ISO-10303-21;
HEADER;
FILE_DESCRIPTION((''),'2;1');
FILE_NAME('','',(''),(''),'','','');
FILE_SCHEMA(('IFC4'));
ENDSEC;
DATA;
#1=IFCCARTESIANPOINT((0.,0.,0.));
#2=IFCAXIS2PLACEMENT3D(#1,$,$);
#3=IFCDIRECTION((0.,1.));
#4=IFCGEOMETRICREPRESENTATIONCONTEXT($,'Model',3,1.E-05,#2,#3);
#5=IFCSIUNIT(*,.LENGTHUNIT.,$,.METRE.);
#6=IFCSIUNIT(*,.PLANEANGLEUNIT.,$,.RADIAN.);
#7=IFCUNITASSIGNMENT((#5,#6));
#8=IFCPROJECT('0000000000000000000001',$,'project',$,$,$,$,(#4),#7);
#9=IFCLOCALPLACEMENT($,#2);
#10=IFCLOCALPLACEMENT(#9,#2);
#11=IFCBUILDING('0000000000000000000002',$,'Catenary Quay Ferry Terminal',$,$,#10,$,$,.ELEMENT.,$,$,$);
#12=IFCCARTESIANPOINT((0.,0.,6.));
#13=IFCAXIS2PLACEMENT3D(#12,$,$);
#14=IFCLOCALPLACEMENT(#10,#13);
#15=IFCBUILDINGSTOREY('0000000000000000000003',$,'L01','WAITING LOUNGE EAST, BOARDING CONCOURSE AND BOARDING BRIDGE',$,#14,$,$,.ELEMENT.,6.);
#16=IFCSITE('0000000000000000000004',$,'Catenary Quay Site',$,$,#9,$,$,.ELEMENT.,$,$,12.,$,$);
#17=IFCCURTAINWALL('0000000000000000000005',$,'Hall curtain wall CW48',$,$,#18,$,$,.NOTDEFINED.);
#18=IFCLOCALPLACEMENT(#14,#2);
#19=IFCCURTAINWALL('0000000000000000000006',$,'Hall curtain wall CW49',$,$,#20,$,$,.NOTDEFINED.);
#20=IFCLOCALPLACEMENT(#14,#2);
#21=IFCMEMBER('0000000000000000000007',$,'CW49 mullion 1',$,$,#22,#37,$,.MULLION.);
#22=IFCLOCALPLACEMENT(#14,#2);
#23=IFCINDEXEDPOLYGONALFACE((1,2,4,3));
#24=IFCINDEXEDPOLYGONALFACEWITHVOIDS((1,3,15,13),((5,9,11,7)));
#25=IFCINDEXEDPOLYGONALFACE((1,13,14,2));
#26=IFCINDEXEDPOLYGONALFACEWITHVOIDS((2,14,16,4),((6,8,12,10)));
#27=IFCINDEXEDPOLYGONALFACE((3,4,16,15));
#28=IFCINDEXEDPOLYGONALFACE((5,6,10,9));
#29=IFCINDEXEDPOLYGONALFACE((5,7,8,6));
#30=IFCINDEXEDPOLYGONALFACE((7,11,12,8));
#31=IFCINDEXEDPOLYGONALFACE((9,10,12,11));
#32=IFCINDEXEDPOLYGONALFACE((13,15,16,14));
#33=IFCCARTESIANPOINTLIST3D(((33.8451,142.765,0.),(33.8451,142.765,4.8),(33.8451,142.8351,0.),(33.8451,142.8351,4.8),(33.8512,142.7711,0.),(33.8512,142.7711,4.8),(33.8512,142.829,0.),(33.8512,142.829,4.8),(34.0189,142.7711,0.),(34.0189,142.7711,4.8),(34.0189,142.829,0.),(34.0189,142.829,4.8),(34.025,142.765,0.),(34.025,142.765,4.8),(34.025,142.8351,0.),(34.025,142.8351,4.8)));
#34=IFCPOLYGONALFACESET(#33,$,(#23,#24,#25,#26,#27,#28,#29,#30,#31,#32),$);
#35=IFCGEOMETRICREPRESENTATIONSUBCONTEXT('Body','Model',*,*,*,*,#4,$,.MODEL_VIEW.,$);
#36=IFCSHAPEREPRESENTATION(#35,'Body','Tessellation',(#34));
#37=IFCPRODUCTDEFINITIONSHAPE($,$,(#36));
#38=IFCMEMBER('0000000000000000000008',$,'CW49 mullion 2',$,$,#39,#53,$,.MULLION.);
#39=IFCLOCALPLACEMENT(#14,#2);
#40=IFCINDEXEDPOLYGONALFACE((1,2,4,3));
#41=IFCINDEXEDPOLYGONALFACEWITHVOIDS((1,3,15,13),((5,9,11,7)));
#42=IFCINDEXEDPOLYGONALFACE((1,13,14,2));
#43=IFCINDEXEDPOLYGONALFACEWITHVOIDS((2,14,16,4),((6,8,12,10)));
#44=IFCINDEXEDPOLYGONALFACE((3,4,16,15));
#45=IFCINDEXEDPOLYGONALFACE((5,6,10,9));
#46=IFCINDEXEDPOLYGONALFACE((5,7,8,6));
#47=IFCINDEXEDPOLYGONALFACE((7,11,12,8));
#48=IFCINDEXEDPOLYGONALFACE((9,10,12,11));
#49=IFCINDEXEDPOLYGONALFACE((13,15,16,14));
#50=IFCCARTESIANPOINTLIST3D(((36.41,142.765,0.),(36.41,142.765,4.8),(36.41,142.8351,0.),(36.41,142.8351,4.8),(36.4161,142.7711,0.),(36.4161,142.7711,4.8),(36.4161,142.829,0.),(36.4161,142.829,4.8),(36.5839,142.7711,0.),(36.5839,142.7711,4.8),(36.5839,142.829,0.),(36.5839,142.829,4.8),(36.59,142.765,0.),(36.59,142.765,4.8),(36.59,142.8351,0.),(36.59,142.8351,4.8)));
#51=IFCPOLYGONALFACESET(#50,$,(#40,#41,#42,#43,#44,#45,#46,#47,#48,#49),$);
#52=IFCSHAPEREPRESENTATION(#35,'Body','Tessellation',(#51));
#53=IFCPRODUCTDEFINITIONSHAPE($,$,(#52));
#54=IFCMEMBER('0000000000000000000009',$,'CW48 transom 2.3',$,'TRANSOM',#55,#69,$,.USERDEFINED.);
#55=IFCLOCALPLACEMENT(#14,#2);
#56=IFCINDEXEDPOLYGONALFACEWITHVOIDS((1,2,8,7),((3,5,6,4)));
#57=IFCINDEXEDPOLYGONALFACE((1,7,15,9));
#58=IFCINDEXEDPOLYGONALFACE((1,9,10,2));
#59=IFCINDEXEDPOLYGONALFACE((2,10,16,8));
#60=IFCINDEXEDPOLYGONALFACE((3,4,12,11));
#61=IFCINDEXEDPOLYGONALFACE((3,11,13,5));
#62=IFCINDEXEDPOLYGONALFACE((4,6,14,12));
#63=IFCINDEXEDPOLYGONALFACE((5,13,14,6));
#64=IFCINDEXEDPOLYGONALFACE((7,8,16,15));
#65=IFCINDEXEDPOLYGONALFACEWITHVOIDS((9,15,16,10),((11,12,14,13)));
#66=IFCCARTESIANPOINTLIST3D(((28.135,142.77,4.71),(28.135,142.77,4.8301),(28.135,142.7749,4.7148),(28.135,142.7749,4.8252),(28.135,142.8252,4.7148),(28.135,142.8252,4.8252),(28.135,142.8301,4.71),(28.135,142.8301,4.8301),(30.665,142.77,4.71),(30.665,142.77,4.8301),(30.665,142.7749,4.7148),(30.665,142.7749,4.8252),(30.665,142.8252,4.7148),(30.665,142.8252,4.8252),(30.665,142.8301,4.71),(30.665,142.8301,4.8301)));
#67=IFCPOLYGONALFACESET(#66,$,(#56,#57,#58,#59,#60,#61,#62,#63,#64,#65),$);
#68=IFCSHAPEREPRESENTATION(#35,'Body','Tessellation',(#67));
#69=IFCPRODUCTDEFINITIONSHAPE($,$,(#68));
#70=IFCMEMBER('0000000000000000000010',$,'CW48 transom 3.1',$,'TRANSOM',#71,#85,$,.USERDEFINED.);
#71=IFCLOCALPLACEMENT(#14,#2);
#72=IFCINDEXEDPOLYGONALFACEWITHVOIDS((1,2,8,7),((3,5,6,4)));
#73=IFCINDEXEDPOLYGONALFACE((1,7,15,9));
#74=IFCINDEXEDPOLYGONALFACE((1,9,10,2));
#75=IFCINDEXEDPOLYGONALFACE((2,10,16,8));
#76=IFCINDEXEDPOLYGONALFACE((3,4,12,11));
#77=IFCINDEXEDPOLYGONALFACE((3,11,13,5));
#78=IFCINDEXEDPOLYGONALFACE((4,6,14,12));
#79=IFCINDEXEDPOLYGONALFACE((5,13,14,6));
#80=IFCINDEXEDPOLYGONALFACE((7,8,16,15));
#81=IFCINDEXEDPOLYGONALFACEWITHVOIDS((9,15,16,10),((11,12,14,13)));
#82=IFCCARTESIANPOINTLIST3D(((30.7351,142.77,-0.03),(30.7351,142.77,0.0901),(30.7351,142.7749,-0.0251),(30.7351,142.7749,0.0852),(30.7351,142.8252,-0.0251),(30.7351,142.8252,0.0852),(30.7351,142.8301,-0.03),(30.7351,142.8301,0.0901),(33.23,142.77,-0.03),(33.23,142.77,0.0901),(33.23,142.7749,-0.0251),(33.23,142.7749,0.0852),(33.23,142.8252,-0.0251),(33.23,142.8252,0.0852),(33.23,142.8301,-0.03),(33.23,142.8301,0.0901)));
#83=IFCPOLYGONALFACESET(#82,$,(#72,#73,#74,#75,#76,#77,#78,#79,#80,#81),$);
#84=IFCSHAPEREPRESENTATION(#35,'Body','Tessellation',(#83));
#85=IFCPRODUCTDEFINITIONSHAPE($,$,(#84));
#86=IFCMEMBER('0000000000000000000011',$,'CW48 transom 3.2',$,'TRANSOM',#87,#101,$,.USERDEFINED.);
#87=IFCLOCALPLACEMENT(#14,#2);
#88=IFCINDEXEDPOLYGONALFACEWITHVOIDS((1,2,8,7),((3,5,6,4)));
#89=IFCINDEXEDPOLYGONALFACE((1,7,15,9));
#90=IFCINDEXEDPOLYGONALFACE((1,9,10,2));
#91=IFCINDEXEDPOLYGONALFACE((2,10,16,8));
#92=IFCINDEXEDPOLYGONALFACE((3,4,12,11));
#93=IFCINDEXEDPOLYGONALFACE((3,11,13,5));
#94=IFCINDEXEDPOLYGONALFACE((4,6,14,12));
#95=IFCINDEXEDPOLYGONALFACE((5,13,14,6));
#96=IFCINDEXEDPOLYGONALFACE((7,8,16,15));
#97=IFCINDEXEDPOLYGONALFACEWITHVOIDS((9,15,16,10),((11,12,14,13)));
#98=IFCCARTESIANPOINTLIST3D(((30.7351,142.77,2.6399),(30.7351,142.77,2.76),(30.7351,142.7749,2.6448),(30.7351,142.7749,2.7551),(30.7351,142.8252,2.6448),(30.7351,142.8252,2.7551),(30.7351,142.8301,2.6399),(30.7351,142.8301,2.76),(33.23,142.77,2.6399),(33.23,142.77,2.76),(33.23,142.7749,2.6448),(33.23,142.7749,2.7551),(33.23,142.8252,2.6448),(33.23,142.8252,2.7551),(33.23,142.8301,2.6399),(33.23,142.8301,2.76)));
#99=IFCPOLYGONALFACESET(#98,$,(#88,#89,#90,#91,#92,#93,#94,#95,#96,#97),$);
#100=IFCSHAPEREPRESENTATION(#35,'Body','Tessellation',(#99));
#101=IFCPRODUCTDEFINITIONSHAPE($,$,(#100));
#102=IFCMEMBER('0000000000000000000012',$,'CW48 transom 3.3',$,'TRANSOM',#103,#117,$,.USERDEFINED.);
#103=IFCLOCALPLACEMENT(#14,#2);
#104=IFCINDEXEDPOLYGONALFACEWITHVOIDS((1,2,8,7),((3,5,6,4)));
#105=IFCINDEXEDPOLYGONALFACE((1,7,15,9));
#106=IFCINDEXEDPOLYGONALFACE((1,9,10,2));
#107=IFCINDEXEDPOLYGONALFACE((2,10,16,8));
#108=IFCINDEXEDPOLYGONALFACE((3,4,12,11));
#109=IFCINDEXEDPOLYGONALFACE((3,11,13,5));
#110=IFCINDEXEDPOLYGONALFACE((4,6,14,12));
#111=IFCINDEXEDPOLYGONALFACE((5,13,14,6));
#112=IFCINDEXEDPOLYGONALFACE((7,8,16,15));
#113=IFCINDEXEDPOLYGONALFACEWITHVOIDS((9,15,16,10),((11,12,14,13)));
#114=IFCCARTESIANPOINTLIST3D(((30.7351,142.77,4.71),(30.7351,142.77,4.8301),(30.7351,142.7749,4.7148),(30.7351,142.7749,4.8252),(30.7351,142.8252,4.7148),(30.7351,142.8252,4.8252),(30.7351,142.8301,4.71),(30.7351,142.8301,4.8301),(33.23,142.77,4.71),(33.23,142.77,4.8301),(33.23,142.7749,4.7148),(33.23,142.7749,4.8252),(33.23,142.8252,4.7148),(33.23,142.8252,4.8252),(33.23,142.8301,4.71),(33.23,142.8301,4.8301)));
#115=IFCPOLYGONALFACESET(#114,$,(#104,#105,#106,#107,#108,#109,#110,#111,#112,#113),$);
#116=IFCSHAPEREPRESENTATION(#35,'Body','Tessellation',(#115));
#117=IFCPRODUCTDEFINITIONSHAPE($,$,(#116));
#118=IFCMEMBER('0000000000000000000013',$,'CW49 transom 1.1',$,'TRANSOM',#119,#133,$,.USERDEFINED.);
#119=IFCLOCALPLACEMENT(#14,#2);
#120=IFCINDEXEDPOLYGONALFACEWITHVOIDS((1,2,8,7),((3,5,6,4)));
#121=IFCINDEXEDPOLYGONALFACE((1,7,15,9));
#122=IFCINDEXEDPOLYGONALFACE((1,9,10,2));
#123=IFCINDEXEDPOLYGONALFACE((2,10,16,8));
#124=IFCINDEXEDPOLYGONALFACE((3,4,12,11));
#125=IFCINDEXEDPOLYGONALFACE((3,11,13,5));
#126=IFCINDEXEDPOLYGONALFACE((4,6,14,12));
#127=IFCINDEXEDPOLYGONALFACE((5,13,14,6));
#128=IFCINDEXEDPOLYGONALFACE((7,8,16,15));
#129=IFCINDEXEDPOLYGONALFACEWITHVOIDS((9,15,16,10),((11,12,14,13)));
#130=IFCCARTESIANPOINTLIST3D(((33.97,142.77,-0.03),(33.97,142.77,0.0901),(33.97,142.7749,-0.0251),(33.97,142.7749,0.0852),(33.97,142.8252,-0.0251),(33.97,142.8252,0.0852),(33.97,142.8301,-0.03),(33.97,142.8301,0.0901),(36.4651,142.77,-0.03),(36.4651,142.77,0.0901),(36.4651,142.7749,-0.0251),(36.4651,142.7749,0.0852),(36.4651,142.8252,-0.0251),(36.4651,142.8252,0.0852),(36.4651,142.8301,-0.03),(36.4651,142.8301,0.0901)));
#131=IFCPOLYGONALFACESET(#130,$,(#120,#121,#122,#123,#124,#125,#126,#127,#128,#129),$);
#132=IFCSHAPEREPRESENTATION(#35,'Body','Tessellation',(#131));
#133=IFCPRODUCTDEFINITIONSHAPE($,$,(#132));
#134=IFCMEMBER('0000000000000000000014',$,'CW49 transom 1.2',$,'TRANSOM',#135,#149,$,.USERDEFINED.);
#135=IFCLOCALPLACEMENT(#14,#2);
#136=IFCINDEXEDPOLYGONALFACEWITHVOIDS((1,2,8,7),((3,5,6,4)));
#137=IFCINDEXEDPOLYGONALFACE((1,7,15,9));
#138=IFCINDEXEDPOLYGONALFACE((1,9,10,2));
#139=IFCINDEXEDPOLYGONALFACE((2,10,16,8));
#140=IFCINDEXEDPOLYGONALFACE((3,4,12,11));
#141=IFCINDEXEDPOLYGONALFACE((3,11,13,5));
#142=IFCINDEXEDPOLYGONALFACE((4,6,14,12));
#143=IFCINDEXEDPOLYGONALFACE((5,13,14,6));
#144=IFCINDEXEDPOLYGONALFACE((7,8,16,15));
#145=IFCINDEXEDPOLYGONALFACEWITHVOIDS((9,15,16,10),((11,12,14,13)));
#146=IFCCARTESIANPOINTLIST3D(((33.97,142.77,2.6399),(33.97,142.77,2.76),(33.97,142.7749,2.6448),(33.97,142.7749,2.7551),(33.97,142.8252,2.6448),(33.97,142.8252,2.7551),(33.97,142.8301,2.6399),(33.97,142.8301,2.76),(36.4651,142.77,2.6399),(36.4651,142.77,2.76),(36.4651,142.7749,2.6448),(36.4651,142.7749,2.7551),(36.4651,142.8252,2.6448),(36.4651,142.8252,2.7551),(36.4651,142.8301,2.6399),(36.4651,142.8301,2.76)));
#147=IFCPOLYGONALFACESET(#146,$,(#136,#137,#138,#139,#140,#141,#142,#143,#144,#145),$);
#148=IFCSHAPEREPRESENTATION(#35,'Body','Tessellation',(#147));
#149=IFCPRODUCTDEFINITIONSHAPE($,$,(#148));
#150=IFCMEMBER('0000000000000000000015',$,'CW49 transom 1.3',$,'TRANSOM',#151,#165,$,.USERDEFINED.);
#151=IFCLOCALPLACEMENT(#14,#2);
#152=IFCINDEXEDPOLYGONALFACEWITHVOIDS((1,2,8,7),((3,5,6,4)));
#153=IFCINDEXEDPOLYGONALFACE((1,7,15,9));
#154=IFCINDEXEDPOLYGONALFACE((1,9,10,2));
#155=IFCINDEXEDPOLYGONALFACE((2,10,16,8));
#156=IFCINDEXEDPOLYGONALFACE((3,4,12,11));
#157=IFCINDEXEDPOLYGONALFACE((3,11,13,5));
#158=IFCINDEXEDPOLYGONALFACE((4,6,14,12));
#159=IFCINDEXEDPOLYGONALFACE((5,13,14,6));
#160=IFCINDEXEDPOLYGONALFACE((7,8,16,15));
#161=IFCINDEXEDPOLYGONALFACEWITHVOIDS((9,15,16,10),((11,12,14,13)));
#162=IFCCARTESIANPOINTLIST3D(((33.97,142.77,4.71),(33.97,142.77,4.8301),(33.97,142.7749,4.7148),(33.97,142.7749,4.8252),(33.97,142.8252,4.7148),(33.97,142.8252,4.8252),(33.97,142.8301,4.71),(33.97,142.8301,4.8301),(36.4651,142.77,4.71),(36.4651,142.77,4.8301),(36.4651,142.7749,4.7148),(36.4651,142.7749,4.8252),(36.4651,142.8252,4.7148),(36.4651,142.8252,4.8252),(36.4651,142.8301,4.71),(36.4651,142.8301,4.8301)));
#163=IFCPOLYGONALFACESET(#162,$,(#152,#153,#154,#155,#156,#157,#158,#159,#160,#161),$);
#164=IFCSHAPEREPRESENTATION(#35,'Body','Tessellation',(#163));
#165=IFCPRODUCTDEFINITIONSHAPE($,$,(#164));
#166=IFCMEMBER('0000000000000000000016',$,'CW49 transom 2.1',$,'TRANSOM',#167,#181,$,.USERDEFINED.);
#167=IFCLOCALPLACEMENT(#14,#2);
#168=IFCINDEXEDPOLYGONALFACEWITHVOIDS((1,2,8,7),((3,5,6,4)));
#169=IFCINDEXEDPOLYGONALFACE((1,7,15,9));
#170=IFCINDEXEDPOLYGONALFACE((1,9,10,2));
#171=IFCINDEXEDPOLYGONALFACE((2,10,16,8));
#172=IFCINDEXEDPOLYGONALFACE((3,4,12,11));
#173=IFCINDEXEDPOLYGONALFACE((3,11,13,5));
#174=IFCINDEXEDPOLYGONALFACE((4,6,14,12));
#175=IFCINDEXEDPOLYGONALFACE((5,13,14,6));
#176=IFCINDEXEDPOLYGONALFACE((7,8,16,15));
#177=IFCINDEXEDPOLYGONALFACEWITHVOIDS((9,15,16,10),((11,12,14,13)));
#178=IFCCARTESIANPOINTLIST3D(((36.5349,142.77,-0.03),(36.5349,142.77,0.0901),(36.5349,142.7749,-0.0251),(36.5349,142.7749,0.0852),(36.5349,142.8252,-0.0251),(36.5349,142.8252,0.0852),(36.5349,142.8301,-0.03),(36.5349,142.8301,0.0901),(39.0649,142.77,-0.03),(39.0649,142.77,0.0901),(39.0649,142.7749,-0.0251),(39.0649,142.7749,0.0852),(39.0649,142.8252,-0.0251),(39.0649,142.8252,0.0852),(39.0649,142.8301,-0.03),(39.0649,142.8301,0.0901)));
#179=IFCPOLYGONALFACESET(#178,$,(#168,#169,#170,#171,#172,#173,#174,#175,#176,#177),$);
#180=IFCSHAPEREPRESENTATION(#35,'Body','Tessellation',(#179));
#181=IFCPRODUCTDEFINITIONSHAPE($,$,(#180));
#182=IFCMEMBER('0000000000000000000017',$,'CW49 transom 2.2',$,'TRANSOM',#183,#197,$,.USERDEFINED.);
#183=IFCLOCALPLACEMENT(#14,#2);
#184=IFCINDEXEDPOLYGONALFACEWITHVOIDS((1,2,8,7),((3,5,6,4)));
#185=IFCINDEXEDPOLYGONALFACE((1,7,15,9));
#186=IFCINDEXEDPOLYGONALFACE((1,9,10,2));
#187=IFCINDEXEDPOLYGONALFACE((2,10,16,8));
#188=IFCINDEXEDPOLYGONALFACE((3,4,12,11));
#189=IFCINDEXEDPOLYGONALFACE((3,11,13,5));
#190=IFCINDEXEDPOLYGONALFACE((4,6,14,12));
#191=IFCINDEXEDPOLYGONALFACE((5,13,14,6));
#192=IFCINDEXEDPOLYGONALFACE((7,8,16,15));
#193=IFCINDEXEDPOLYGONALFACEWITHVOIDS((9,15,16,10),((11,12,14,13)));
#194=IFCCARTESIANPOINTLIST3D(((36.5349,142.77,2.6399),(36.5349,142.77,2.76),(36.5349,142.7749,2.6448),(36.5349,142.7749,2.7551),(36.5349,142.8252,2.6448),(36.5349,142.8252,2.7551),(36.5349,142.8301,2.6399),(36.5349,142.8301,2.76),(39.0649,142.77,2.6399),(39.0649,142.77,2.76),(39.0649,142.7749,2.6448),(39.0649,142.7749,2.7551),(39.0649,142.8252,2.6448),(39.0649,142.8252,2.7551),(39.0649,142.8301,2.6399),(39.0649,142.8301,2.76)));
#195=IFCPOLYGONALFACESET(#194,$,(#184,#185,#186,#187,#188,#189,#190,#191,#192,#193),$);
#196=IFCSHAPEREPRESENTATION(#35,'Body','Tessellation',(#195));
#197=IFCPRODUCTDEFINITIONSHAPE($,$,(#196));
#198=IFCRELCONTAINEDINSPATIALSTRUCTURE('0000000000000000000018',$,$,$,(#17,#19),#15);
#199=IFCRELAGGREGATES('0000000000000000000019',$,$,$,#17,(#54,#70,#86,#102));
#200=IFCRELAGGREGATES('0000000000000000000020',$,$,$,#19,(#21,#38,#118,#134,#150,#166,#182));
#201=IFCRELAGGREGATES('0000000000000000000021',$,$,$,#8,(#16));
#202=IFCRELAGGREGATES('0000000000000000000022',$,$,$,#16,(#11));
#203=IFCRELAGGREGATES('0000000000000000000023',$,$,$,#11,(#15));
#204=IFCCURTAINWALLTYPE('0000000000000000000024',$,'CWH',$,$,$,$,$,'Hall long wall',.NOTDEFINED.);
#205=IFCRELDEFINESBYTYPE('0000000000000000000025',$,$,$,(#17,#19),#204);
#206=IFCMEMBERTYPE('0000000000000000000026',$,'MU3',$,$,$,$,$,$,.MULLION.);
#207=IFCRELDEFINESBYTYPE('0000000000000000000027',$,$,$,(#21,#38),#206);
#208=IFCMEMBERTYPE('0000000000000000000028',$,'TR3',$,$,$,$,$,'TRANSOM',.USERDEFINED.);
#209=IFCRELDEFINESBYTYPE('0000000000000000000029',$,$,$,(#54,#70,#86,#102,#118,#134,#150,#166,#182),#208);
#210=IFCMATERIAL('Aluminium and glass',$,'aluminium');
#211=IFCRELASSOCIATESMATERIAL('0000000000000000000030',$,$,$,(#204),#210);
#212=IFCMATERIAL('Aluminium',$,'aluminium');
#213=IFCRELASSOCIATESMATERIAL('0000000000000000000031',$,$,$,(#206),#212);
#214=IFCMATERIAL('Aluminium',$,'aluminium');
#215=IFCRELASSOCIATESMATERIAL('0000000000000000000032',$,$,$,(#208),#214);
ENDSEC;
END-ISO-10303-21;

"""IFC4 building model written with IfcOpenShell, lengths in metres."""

from ifc_helpers import new_model, si_unit, direction, frame, origin, origin_2d, place, context, subcontext, project, spatial, hollow_rectangle, extrude, material, material_profile, profile_set, type_object, element, aggregate, save


model = new_model("IFC4")

# Units and contexts
model_context = context("Model", 3, precision=1e-05, world=origin(), true_north=direction((0.0, 1.0)))
body_context = subcontext(model_context, "Body", "Model", "MODEL_VIEW")
ifc_project = project(units=[si_unit("LENGTHUNIT", "METRE"), si_unit("PLANEANGLEUNIT", "RADIAN")], contexts=[model_context])

# Site, building, storey
site_placement = place(None, origin())
site = spatial("IfcSite", under=ifc_project, at=site_placement, Name="Catenary Quay Site", CompositionType="ELEMENT", RefElevation=12.0)
building_placement = place(site_placement, origin())
building = spatial("IfcBuilding", under=site, at=building_placement, Name="Catenary Quay Ferry Terminal", CompositionType="ELEMENT")
storey_placement = place(building_placement, frame((0.0, 0.0, 6.0)))
storey = spatial("IfcBuildingStorey", under=building, at=storey_placement, Name="L01", Description="WAITING LOUNGE EAST, BOARDING CONCOURSE AND BOARDING BRIDGE", CompositionType="ELEMENT", Elevation=6.0)

# Curtain walls, members
ifc_material_1 = material(Name="Aluminium and glass", Category="aluminium")
curtain_wall_type = type_object("IfcCurtainWallType", Name="CWH", ElementType="Hall long wall", PredefinedType="NOTDEFINED", material=ifc_material_1)
curtain_wall_1_placement = place(storey_placement, origin())
curtain_wall_1 = element("IfcCurtainWall", 1, at=curtain_wall_1_placement, inside=storey, type_object=curtain_wall_type, Name="Hall curtain wall CW48", PredefinedType="NOTDEFINED")
ifc_material_2 = material(Name="Aluminium", Category="aluminium")
ifc_material_profile_1 = material_profile(ifc_material_2, hollow_rectangle(XDim=0.0701, YDim=0.1799, WallThickness=0.0061, at=origin_2d()), Name="MU3")
ifc_profile_set_1 = profile_set([ifc_material_profile_1], Name="Aluminium")
member_type_1 = type_object("IfcMemberType", Name="MU3", PredefinedType="MULLION", material=ifc_profile_set_1)
curtain_wall_2_placement = place(storey_placement, origin())
curtain_wall_2 = element("IfcCurtainWall", 2, at=curtain_wall_2_placement, inside=storey, type_object=curtain_wall_type, Name="Hall curtain wall CW49", PredefinedType="NOTDEFINED")
member_1_placement = place(storey_placement, frame((33.9351, 142.8, 0.0), z_axis=(0.0, 0.0, 1.0), x_axis=(0.0, 1.0, 0.0)))
member_1 = element("IfcMember", 3, at=member_1_placement, type_object=member_type_1, Name="CW49 mullion 1", PredefinedType="MULLION", context=body_context, shape_type="SweptSolid", body=[
    extrude(hollow_rectangle(XDim=0.0701, YDim=0.1799, WallThickness=0.0061, at=origin_2d()), origin(), (0.0, 0.0, 1.0), 4.8),
])
member_2_placement = place(storey_placement, frame((36.5, 142.8, 0.0), z_axis=(0.0, 0.0, 1.0), x_axis=(0.0, 1.0, 0.0)))
member_2 = element("IfcMember", 4, at=member_2_placement, type_object=member_type_1, Name="CW49 mullion 2", PredefinedType="MULLION", context=body_context, shape_type="SweptSolid", body=[
    extrude(hollow_rectangle(XDim=0.0701, YDim=0.1799, WallThickness=0.0061, at=origin_2d()), origin(), (0.0, 0.0, 1.0), 4.8),
])

# Members
ifc_material_3 = material(Name="Aluminium", Category="aluminium")
ifc_material_profile_2 = material_profile(ifc_material_3, hollow_rectangle(XDim=0.0601, YDim=0.1201, WallThickness=0.0049, at=origin_2d()), Name="TR3")
ifc_profile_set_2 = profile_set([ifc_material_profile_2], Name="Aluminium")
member_type_2 = type_object("IfcMemberType", Name="TR3", ElementType="TRANSOM", PredefinedType="USERDEFINED", material=ifc_profile_set_2)
member_3_placement = place(storey_placement, frame((28.135, 142.8, 4.77), z_axis=(1.0, 0.0, 0.0), x_axis=(0.0, 1.0, 0.0)))
member_3 = element("IfcMember", 5, at=member_3_placement, type_object=member_type_2, Name="CW48 transom 2.3", ObjectType="TRANSOM", PredefinedType="USERDEFINED", context=body_context, shape_type="SweptSolid", body=[
    extrude(hollow_rectangle(XDim=0.0601, YDim=0.1201, WallThickness=0.0049, at=origin_2d()), origin(), (0.0, 0.0, 1.0), 2.53),
])
member_4_placement = place(storey_placement, frame((30.7351, 142.8, 0.03), z_axis=(1.0, 0.0, 0.0), x_axis=(0.0, 1.0, 0.0)))
member_4 = element("IfcMember", 6, at=member_4_placement, type_object=member_type_2, Name="CW48 transom 3.1", ObjectType="TRANSOM", PredefinedType="USERDEFINED", context=body_context, shape_type="SweptSolid", body=[
    extrude(hollow_rectangle(XDim=0.0601, YDim=0.1201, WallThickness=0.0049, at=origin_2d()), origin(), (0.0, 0.0, 1.0), 2.4949),
])
member_5_placement = place(storey_placement, frame((30.7351, 142.8, 2.7), z_axis=(1.0, 0.0, 0.0), x_axis=(0.0, 1.0, 0.0)))
member_5 = element("IfcMember", 7, at=member_5_placement, type_object=member_type_2, Name="CW48 transom 3.2", ObjectType="TRANSOM", PredefinedType="USERDEFINED", context=body_context, shape_type="SweptSolid", body=[
    extrude(hollow_rectangle(XDim=0.0601, YDim=0.1201, WallThickness=0.0049, at=origin_2d()), origin(), (0.0, 0.0, 1.0), 2.4949),
])
member_6_placement = place(storey_placement, frame((30.7351, 142.8, 4.77), z_axis=(1.0, 0.0, 0.0), x_axis=(0.0, 1.0, 0.0)))
member_6 = element("IfcMember", 8, at=member_6_placement, type_object=member_type_2, Name="CW48 transom 3.3", ObjectType="TRANSOM", PredefinedType="USERDEFINED", context=body_context, shape_type="SweptSolid", body=[
    extrude(hollow_rectangle(XDim=0.0601, YDim=0.1201, WallThickness=0.0049, at=origin_2d()), origin(), (0.0, 0.0, 1.0), 2.4949),
])
member_7_placement = place(storey_placement, frame((33.97, 142.8, 0.03), z_axis=(1.0, 0.0, 0.0), x_axis=(0.0, 1.0, 0.0)))
member_7 = element("IfcMember", 9, at=member_7_placement, type_object=member_type_2, Name="CW49 transom 1.1", ObjectType="TRANSOM", PredefinedType="USERDEFINED", context=body_context, shape_type="SweptSolid", body=[
    extrude(hollow_rectangle(XDim=0.0601, YDim=0.1201, WallThickness=0.0049, at=origin_2d()), origin(), (0.0, 0.0, 1.0), 2.4951),
])
member_8_placement = place(storey_placement, frame((33.97, 142.8, 2.7), z_axis=(1.0, 0.0, 0.0), x_axis=(0.0, 1.0, 0.0)))
member_8 = element("IfcMember", 10, at=member_8_placement, type_object=member_type_2, Name="CW49 transom 1.2", ObjectType="TRANSOM", PredefinedType="USERDEFINED", context=body_context, shape_type="SweptSolid", body=[
    extrude(hollow_rectangle(XDim=0.0601, YDim=0.1201, WallThickness=0.0049, at=origin_2d()), origin(), (0.0, 0.0, 1.0), 2.4951),
])
member_9_placement = place(storey_placement, frame((33.97, 142.8, 4.77), z_axis=(1.0, 0.0, 0.0), x_axis=(0.0, 1.0, 0.0)))
member_9 = element("IfcMember", 11, at=member_9_placement, type_object=member_type_2, Name="CW49 transom 1.3", ObjectType="TRANSOM", PredefinedType="USERDEFINED", context=body_context, shape_type="SweptSolid", body=[
    extrude(hollow_rectangle(XDim=0.0601, YDim=0.1201, WallThickness=0.0049, at=origin_2d()), origin(), (0.0, 0.0, 1.0), 2.4951),
])
member_10_placement = place(storey_placement, frame((36.5349, 142.8, 0.03), z_axis=(1.0, 0.0, 0.0), x_axis=(0.0, 1.0, 0.0)))
member_10 = element("IfcMember", 12, at=member_10_placement, type_object=member_type_2, Name="CW49 transom 2.1", ObjectType="TRANSOM", PredefinedType="USERDEFINED", context=body_context, shape_type="SweptSolid", body=[
    extrude(hollow_rectangle(XDim=0.0601, YDim=0.1201, WallThickness=0.0049, at=origin_2d()), origin(), (0.0, 0.0, 1.0), 2.53),
])
member_11_placement = place(storey_placement, frame((36.5349, 142.8, 2.7), z_axis=(1.0, 0.0, 0.0), x_axis=(0.0, 1.0, 0.0)))
member_11 = element("IfcMember", 13, at=member_11_placement, type_object=member_type_2, Name="CW49 transom 2.2", ObjectType="TRANSOM", PredefinedType="USERDEFINED", context=body_context, shape_type="SweptSolid", body=[
    extrude(hollow_rectangle(XDim=0.0601, YDim=0.1201, WallThickness=0.0049, at=origin_2d()), origin(), (0.0, 0.0, 1.0), 2.53),
])

aggregate(curtain_wall_1, [member_3, member_4, member_5, member_6])
aggregate(curtain_wall_2, [member_1, member_2, member_7, member_8, member_9, member_10, member_11])

save(model, "model.ifc")
